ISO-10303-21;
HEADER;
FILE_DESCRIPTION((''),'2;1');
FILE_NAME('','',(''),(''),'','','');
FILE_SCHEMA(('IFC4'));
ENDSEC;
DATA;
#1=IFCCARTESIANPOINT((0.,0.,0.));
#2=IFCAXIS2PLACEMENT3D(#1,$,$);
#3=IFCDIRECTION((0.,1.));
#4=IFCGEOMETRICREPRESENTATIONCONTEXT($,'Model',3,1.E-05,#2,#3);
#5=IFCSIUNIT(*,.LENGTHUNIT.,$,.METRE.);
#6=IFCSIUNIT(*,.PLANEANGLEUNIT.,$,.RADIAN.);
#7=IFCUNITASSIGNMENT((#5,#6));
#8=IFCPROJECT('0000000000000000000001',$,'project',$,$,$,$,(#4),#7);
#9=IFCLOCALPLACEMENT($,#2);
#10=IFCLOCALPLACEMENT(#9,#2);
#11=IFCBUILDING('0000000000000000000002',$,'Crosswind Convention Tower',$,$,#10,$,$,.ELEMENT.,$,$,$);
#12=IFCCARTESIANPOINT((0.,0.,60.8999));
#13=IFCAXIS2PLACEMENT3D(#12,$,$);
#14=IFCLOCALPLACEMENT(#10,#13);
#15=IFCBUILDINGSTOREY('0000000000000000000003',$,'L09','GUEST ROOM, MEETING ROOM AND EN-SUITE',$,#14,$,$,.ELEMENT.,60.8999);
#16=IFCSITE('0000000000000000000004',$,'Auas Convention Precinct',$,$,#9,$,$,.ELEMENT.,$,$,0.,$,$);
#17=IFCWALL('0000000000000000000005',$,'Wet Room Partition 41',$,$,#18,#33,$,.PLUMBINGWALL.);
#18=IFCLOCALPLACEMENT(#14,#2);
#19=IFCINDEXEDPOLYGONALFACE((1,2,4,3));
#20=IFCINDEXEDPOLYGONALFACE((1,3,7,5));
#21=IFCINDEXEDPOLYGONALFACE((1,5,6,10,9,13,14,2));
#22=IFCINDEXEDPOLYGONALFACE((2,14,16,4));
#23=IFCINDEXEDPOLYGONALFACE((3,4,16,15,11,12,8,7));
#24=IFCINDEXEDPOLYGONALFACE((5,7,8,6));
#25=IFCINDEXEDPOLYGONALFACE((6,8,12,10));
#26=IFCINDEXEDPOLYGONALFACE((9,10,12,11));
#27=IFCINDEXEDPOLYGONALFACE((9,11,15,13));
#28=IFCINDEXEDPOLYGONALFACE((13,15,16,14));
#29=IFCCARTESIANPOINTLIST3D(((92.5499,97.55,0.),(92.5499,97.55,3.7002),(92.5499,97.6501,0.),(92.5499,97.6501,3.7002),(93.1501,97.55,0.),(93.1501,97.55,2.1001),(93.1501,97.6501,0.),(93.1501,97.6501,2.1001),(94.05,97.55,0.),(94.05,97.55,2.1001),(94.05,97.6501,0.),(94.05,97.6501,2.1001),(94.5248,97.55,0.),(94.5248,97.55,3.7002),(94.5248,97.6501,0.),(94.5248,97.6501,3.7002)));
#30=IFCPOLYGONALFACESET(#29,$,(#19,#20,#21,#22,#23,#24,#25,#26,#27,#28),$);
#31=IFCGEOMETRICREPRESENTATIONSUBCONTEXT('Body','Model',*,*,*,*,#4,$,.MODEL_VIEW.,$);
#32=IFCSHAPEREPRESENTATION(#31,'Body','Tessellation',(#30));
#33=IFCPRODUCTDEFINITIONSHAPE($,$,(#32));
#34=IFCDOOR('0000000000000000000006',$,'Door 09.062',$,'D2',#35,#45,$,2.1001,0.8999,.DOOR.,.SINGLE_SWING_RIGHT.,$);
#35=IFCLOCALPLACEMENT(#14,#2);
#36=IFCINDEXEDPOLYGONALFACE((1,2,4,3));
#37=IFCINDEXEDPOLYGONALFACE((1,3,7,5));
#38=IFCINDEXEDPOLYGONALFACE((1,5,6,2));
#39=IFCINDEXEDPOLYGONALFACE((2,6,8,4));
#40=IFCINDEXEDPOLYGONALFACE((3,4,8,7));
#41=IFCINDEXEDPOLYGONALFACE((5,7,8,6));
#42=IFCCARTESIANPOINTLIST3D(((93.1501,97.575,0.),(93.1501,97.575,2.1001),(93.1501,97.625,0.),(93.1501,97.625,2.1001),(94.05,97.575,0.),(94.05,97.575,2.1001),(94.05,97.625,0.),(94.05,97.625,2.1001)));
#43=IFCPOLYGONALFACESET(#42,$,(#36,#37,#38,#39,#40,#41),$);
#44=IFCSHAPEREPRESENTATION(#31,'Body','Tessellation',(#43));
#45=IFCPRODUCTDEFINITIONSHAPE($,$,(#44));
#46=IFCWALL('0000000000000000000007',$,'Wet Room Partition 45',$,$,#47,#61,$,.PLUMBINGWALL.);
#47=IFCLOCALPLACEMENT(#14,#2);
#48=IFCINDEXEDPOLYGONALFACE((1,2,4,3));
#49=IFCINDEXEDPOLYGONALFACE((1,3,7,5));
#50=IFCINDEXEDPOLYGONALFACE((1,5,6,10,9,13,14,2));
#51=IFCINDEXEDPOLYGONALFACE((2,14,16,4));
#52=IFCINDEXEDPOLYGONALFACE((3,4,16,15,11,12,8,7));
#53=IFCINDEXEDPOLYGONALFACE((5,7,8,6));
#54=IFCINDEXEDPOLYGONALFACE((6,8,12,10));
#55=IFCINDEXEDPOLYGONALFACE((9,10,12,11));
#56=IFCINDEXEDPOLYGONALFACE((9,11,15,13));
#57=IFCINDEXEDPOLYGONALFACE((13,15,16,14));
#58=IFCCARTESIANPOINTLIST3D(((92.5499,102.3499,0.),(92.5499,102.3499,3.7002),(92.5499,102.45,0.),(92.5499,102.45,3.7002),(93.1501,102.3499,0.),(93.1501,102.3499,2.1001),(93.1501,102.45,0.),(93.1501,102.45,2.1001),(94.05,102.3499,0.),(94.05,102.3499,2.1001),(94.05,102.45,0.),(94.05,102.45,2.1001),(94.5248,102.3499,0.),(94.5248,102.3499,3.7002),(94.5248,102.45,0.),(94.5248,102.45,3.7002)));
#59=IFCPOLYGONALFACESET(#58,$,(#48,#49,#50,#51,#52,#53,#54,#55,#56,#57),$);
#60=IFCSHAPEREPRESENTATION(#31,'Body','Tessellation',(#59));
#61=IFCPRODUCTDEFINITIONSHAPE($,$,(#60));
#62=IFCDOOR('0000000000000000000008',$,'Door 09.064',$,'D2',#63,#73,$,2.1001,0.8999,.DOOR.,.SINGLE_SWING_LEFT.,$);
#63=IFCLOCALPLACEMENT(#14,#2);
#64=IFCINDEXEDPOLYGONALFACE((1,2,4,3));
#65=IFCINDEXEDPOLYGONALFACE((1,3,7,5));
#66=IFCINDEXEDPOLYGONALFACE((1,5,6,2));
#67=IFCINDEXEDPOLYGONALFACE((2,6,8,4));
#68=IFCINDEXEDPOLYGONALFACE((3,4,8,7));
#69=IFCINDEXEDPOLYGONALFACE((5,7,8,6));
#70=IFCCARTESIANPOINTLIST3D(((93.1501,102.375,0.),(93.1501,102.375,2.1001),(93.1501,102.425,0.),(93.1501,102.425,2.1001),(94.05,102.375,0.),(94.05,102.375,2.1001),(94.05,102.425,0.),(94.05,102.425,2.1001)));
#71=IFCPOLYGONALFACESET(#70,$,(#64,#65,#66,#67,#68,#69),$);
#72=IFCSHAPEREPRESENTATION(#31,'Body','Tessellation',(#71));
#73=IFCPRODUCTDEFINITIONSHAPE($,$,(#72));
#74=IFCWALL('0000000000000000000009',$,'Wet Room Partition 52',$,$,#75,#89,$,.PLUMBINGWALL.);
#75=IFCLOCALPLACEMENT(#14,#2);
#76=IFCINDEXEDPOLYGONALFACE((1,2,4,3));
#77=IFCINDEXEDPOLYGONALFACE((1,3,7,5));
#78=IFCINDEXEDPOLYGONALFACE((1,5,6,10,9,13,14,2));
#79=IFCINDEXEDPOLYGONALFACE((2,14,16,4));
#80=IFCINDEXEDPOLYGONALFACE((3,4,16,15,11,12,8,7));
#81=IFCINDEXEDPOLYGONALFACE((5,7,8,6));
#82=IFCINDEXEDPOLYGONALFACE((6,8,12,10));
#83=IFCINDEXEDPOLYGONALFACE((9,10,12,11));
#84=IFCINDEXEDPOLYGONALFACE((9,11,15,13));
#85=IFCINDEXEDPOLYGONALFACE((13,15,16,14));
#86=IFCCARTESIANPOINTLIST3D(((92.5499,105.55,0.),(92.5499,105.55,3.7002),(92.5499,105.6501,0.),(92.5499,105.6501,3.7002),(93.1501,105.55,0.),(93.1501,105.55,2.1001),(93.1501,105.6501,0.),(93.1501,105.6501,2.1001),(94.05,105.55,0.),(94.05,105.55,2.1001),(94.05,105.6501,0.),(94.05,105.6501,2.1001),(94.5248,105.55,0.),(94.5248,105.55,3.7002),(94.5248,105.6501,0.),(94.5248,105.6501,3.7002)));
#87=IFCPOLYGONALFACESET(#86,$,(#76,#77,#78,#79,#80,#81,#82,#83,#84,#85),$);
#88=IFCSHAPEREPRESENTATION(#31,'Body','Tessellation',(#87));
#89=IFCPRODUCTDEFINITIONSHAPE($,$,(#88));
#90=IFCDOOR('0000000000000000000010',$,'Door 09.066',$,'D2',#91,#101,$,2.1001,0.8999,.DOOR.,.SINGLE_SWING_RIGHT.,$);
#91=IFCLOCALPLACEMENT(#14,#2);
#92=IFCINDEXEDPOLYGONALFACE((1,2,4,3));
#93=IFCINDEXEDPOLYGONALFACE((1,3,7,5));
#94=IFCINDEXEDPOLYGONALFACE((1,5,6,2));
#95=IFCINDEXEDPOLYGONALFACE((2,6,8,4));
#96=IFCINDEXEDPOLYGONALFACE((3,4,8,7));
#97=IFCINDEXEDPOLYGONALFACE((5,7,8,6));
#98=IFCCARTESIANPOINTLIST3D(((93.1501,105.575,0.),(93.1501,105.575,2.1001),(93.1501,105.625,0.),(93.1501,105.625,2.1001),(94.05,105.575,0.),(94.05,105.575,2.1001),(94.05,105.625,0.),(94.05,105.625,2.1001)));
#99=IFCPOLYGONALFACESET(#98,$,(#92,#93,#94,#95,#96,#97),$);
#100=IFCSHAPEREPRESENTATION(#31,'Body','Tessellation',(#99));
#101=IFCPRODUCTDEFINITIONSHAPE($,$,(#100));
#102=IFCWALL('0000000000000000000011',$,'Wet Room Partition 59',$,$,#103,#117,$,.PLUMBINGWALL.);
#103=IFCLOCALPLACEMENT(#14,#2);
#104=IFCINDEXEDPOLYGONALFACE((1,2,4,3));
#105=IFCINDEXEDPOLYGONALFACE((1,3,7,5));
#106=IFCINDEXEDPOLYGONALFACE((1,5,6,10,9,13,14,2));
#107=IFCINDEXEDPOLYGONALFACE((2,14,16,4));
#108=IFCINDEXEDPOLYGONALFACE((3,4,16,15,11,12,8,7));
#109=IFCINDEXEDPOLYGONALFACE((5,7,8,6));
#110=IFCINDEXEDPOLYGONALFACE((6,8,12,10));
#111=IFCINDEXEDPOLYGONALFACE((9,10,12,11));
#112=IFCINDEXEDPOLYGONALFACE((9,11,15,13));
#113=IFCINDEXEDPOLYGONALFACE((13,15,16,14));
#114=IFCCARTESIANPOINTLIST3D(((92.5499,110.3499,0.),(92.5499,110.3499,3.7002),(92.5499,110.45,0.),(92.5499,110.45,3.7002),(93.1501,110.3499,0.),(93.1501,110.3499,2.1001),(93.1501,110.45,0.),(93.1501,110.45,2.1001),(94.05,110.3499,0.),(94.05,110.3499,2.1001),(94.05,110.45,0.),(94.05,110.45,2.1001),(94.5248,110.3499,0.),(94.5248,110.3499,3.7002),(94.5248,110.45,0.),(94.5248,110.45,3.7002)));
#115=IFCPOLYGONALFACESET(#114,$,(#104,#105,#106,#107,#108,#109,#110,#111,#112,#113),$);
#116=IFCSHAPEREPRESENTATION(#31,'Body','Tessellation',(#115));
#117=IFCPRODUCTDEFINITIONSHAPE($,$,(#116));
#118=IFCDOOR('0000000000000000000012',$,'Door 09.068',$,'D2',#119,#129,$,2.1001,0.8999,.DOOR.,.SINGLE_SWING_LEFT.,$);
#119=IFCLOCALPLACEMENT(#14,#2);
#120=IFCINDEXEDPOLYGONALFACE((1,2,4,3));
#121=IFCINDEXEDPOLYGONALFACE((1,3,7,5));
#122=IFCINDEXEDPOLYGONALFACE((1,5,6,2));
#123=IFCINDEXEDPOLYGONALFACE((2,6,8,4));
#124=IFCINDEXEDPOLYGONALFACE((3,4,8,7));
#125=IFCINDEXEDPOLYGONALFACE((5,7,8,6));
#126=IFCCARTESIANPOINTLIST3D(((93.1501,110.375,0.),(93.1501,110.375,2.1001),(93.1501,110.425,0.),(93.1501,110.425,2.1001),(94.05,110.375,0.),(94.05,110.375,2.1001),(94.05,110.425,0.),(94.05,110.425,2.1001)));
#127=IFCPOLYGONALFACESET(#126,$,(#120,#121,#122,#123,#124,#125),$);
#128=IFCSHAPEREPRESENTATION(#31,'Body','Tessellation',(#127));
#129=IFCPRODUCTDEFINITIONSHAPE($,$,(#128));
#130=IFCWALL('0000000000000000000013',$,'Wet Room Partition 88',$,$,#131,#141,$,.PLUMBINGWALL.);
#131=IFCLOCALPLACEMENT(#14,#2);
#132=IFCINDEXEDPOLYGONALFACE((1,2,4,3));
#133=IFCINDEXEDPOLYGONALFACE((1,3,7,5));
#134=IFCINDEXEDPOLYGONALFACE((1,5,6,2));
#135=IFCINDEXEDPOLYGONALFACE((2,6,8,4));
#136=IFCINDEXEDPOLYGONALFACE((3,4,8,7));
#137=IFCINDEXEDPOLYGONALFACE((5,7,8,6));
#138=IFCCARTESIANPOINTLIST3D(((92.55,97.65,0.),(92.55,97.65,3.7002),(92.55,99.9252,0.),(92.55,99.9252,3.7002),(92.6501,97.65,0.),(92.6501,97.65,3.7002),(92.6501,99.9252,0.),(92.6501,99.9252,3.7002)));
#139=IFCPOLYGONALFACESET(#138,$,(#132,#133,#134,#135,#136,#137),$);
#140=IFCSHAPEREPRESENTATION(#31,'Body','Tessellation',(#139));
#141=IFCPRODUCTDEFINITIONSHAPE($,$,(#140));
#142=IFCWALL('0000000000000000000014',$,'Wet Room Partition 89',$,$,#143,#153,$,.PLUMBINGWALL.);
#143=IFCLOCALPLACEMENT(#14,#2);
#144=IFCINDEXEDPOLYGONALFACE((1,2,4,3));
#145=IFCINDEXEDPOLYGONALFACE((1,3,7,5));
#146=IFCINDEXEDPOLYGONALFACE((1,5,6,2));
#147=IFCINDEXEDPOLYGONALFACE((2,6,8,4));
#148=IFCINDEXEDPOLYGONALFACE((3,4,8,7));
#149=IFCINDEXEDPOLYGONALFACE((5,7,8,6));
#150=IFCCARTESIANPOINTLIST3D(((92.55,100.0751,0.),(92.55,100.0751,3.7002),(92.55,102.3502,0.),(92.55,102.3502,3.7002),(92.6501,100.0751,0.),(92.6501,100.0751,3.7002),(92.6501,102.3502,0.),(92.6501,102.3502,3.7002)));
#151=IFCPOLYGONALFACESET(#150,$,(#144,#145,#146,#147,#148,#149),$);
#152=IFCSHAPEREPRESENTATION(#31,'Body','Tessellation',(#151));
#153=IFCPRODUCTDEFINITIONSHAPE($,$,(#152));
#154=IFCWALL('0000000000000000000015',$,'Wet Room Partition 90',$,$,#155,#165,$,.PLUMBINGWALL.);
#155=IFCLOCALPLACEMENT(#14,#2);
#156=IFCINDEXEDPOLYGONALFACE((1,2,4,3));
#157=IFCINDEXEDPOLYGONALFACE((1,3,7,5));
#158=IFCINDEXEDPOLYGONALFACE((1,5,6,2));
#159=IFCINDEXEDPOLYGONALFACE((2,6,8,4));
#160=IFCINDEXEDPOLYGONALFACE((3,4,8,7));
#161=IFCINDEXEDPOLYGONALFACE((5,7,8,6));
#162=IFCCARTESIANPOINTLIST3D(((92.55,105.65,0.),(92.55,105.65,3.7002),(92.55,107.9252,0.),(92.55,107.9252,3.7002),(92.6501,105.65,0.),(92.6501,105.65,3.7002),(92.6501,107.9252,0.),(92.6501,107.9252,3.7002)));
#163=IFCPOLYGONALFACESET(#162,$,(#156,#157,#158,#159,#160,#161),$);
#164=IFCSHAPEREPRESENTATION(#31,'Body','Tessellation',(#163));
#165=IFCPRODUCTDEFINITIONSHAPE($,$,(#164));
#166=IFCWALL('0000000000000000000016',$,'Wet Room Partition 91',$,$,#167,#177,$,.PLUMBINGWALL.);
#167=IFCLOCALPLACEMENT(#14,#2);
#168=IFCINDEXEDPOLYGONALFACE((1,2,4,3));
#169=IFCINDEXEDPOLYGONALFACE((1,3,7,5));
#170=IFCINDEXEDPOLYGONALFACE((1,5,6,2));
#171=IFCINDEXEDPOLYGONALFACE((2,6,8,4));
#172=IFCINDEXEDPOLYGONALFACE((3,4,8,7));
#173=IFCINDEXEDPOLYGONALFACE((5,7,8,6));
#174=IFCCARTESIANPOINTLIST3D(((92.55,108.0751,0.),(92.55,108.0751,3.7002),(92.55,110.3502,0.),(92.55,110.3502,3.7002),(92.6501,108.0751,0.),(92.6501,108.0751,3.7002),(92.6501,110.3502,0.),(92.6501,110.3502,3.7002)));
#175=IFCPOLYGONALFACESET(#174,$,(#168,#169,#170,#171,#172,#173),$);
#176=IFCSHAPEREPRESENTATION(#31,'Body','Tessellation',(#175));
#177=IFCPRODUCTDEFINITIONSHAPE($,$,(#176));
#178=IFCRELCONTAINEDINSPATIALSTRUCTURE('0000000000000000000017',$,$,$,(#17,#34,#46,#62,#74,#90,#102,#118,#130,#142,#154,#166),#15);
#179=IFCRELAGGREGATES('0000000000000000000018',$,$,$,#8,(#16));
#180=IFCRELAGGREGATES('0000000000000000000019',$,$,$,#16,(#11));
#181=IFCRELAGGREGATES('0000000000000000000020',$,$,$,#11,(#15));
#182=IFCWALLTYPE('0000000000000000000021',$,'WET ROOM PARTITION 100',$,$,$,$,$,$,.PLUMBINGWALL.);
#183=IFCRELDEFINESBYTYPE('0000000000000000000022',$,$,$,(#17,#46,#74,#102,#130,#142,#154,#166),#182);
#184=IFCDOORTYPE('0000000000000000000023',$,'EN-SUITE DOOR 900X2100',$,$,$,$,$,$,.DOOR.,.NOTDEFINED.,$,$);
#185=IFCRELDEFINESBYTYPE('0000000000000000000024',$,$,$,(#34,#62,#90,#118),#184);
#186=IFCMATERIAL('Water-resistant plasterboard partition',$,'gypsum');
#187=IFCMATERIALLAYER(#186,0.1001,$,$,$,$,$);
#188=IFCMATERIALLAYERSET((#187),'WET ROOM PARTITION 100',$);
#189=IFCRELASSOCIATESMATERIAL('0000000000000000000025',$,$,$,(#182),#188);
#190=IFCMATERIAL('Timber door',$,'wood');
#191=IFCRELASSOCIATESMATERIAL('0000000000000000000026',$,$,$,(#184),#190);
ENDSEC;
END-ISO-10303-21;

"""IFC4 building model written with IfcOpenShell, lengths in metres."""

from ifc_helpers import new_model, si_unit, direction, frame, frame_2d, origin, place, context, subcontext, project, spatial, rectangle, extrude, material, layer, layer_set, type_object, element, fill, save


model = new_model("IFC4")

# Units and contexts
model_context = context("Model", 3, precision=1e-05, world=origin(), true_north=direction((0.0, 1.0)))
body_context = subcontext(model_context, "Body", "Model", "MODEL_VIEW")
ifc_project = project(units=[si_unit("LENGTHUNIT", "METRE"), si_unit("PLANEANGLEUNIT", "RADIAN")], contexts=[model_context])

# Site, building, storey
site_placement = place(None, origin())
site = spatial("IfcSite", under=ifc_project, at=site_placement, Name="Auas Convention Precinct", CompositionType="ELEMENT", RefElevation=0.0)
building_placement = place(site_placement, origin())
building = spatial("IfcBuilding", under=site, at=building_placement, Name="Crosswind Convention Tower", CompositionType="ELEMENT")
storey_placement = place(building_placement, frame((0.0, 0.0, 60.8999)))
storey = spatial("IfcBuildingStorey", under=building, at=storey_placement, Name="L09", Description="GUEST ROOM, MEETING ROOM AND EN-SUITE", CompositionType="ELEMENT", Elevation=60.8999)

# Walls, openings, doors
ifc_material_1 = material(Name="Water-resistant plasterboard partition", Category="gypsum")
ifc_layer_1 = layer(ifc_material_1, 0.1001)
ifc_layer_set_1 = layer_set([ifc_layer_1], Name="WET ROOM PARTITION 100")
wall_type_1 = type_object("IfcWallType", Name="WET ROOM PARTITION 100", PredefinedType="PLUMBINGWALL", material=ifc_layer_set_1)
wall_1_placement = place(storey_placement, frame((92.55, 97.6001, 0.0), z_axis=(0.0, 0.0, 1.0), x_axis=(1.0, 0.0, 0.0)))
wall_1 = element("IfcWall", 1, at=wall_1_placement, inside=storey, type_object=wall_type_1, Name="Wet Room Partition 41", PredefinedType="PLUMBINGWALL", context=body_context, shape_type="SweptSolid", body=[
    extrude(rectangle(XDim=1.9749, YDim=0.1001, at=frame_2d((0.9873, 0.0))), origin(), (0.0, 0.0, 1.0), 3.7002),
])
opening_1_placement = place(wall_1_placement, frame((0.6001, 0.0, 0.0)))
opening_1 = element("IfcOpeningElement", 2, at=opening_1_placement, cuts=wall_1, PredefinedType="OPENING", context=body_context, shape_type="SweptSolid", body=[
    extrude(rectangle(XDim=0.8999, YDim=2.1001, at=frame_2d((0.45, 1.05))), frame((0.0, 0.0601, 0.0), z_axis=(0.0, -1.0, 0.0), x_axis=(1.0, 0.0, 0.0)), (0.0, 0.0, 1.0), 0.1201),
])
ifc_material_2 = material(Name="Timber door", Category="wood")
door_type_1 = type_object("IfcDoorType", Name="EN-SUITE DOOR 900X2100", OperationType="NOTDEFINED", PredefinedType="DOOR", material=ifc_material_2)
door_1_placement = place(opening_1_placement, origin())
door_1 = element("IfcDoor", 3, at=door_1_placement, inside=storey, type_object=door_type_1, Name="Door 09.062", ObjectType="D2", OperationType="SINGLE_SWING_RIGHT", OverallHeight=2.1001, OverallWidth=0.8999, PredefinedType="DOOR", context=body_context, shape_type="SweptSolid", body=[
    extrude(rectangle(XDim=0.8999, YDim=2.1001, at=frame_2d((0.45, 1.05))), frame((0.0, 0.0249, 0.0), z_axis=(0.0, -1.0, 0.0), x_axis=(1.0, 0.0, 0.0)), (0.0, 0.0, 1.0), 0.05),
])
fill(opening_1, door_1)
wall_2_placement = place(storey_placement, frame((92.55, 102.3999, 0.0), z_axis=(0.0, 0.0, 1.0), x_axis=(1.0, 0.0, 0.0)))
wall_2 = element("IfcWall", 4, at=wall_2_placement, inside=storey, type_object=wall_type_1, Name="Wet Room Partition 45", PredefinedType="PLUMBINGWALL", context=body_context, shape_type="SweptSolid", body=[
    extrude(rectangle(XDim=1.9749, YDim=0.1001, at=frame_2d((0.9873, 0.0))), origin(), (0.0, 0.0, 1.0), 3.7002),
])
opening_2_placement = place(wall_2_placement, frame((0.6001, 0.0, 0.0)))
opening_2 = element("IfcOpeningElement", 5, at=opening_2_placement, cuts=wall_2, PredefinedType="OPENING", context=body_context, shape_type="SweptSolid", body=[
    extrude(rectangle(XDim=0.8999, YDim=2.1001, at=frame_2d((0.45, 1.05))), frame((0.0, 0.0601, 0.0), z_axis=(0.0, -1.0, 0.0), x_axis=(1.0, 0.0, 0.0)), (0.0, 0.0, 1.0), 0.1201),
])
door_2_placement = place(opening_2_placement, frame((0.8999, 0.0, 0.0), z_axis=(0.0, 0.0, 1.0), x_axis=(-1.0, 0.0, 0.0)))
door_2 = element("IfcDoor", 6, at=door_2_placement, inside=storey, type_object=door_type_1, Name="Door 09.064", ObjectType="D2", OperationType="SINGLE_SWING_LEFT", OverallHeight=2.1001, OverallWidth=0.8999, PredefinedType="DOOR", context=body_context, shape_type="SweptSolid", body=[
    extrude(rectangle(XDim=0.8999, YDim=2.1001, at=frame_2d((0.45, 1.05))), frame((0.0, 0.0249, 0.0), z_axis=(0.0, -1.0, 0.0), x_axis=(1.0, 0.0, 0.0)), (0.0, 0.0, 1.0), 0.05),
])
fill(opening_2, door_2)
wall_3_placement = place(storey_placement, frame((92.55, 105.6001, 0.0), z_axis=(0.0, 0.0, 1.0), x_axis=(1.0, 0.0, 0.0)))
wall_3 = element("IfcWall", 7, at=wall_3_placement, inside=storey, type_object=wall_type_1, Name="Wet Room Partition 52", PredefinedType="PLUMBINGWALL", context=body_context, shape_type="SweptSolid", body=[
    extrude(rectangle(XDim=1.9749, YDim=0.1001, at=frame_2d((0.9873, 0.0))), origin(), (0.0, 0.0, 1.0), 3.7002),
])
opening_3_placement = place(wall_3_placement, frame((0.6001, 0.0, 0.0)))
opening_3 = element("IfcOpeningElement", 8, at=opening_3_placement, cuts=wall_3, PredefinedType="OPENING", context=body_context, shape_type="SweptSolid", body=[
    extrude(rectangle(XDim=0.8999, YDim=2.1001, at=frame_2d((0.45, 1.05))), frame((0.0, 0.0601, 0.0), z_axis=(0.0, -1.0, 0.0), x_axis=(1.0, 0.0, 0.0)), (0.0, 0.0, 1.0), 0.1201),
])
door_3_placement = place(opening_3_placement, origin())
door_3 = element("IfcDoor", 9, at=door_3_placement, inside=storey, type_object=door_type_1, Name="Door 09.066", ObjectType="D2", OperationType="SINGLE_SWING_RIGHT", OverallHeight=2.1001, OverallWidth=0.8999, PredefinedType="DOOR", context=body_context, shape_type="SweptSolid", body=[
    extrude(rectangle(XDim=0.8999, YDim=2.1001, at=frame_2d((0.45, 1.05))), frame((0.0, 0.0249, 0.0), z_axis=(0.0, -1.0, 0.0), x_axis=(1.0, 0.0, 0.0)), (0.0, 0.0, 1.0), 0.05),
])
fill(opening_3, door_3)
wall_4_placement = place(storey_placement, frame((92.55, 110.3999, 0.0), z_axis=(0.0, 0.0, 1.0), x_axis=(1.0, 0.0, 0.0)))
wall_4 = element("IfcWall", 10, at=wall_4_placement, inside=storey, type_object=wall_type_1, Name="Wet Room Partition 59", PredefinedType="PLUMBINGWALL", context=body_context, shape_type="SweptSolid", body=[
    extrude(rectangle(XDim=1.9749, YDim=0.1001, at=frame_2d((0.9873, 0.0))), origin(), (0.0, 0.0, 1.0), 3.7002),
])
opening_4_placement = place(wall_4_placement, frame((0.6001, 0.0, 0.0)))
opening_4 = element("IfcOpeningElement", 11, at=opening_4_placement, cuts=wall_4, PredefinedType="OPENING", context=body_context, shape_type="SweptSolid", body=[
    extrude(rectangle(XDim=0.8999, YDim=2.1001, at=frame_2d((0.45, 1.05))), frame((0.0, 0.0601, 0.0), z_axis=(0.0, -1.0, 0.0), x_axis=(1.0, 0.0, 0.0)), (0.0, 0.0, 1.0), 0.1201),
])
door_4_placement = place(opening_4_placement, frame((0.8999, 0.0, 0.0), z_axis=(0.0, 0.0, 1.0), x_axis=(-1.0, 0.0, 0.0)))
door_4 = element("IfcDoor", 12, at=door_4_placement, inside=storey, type_object=door_type_1, Name="Door 09.068", ObjectType="D2", OperationType="SINGLE_SWING_LEFT", OverallHeight=2.1001, OverallWidth=0.8999, PredefinedType="DOOR", context=body_context, shape_type="SweptSolid", body=[
    extrude(rectangle(XDim=0.8999, YDim=2.1001, at=frame_2d((0.45, 1.05))), frame((0.0, 0.0249, 0.0), z_axis=(0.0, -1.0, 0.0), x_axis=(1.0, 0.0, 0.0)), (0.0, 0.0, 1.0), 0.05),
])
fill(opening_4, door_4)

# Walls
for number, where, z_axis, x_axis, name in (
    (13, (92.6001, 97.6499, 0.0), (0.0, 0.0, 1.0), (0.0, 1.0, 0.0), "Wet Room Partition 88"),
    (14, (92.6001, 100.075, 0.0), (0.0, 0.0, 1.0), (0.0, 1.0, 0.0), "Wet Room Partition 89"),
    (15, (92.6001, 105.6499, 0.0), (0.0, 0.0, 1.0), (0.0, 1.0, 0.0), "Wet Room Partition 90"),
    (16, (92.6001, 108.075, 0.0), (0.0, 0.0, 1.0), (0.0, 1.0, 0.0), "Wet Room Partition 91"),
):
    element("IfcWall", number, at=place(storey_placement, frame(where, z_axis=z_axis, x_axis=x_axis)), inside=storey, type_object=wall_type_1, Name=name, PredefinedType="PLUMBINGWALL", context=body_context, shape_type="SweptSolid", body=[
        extrude(rectangle(XDim=2.2751, YDim=0.1001, at=frame_2d((1.1377, 0.0))), origin(), (0.0, 0.0, 1.0), 3.7002),
    ])

save(model, "model.ifc")
